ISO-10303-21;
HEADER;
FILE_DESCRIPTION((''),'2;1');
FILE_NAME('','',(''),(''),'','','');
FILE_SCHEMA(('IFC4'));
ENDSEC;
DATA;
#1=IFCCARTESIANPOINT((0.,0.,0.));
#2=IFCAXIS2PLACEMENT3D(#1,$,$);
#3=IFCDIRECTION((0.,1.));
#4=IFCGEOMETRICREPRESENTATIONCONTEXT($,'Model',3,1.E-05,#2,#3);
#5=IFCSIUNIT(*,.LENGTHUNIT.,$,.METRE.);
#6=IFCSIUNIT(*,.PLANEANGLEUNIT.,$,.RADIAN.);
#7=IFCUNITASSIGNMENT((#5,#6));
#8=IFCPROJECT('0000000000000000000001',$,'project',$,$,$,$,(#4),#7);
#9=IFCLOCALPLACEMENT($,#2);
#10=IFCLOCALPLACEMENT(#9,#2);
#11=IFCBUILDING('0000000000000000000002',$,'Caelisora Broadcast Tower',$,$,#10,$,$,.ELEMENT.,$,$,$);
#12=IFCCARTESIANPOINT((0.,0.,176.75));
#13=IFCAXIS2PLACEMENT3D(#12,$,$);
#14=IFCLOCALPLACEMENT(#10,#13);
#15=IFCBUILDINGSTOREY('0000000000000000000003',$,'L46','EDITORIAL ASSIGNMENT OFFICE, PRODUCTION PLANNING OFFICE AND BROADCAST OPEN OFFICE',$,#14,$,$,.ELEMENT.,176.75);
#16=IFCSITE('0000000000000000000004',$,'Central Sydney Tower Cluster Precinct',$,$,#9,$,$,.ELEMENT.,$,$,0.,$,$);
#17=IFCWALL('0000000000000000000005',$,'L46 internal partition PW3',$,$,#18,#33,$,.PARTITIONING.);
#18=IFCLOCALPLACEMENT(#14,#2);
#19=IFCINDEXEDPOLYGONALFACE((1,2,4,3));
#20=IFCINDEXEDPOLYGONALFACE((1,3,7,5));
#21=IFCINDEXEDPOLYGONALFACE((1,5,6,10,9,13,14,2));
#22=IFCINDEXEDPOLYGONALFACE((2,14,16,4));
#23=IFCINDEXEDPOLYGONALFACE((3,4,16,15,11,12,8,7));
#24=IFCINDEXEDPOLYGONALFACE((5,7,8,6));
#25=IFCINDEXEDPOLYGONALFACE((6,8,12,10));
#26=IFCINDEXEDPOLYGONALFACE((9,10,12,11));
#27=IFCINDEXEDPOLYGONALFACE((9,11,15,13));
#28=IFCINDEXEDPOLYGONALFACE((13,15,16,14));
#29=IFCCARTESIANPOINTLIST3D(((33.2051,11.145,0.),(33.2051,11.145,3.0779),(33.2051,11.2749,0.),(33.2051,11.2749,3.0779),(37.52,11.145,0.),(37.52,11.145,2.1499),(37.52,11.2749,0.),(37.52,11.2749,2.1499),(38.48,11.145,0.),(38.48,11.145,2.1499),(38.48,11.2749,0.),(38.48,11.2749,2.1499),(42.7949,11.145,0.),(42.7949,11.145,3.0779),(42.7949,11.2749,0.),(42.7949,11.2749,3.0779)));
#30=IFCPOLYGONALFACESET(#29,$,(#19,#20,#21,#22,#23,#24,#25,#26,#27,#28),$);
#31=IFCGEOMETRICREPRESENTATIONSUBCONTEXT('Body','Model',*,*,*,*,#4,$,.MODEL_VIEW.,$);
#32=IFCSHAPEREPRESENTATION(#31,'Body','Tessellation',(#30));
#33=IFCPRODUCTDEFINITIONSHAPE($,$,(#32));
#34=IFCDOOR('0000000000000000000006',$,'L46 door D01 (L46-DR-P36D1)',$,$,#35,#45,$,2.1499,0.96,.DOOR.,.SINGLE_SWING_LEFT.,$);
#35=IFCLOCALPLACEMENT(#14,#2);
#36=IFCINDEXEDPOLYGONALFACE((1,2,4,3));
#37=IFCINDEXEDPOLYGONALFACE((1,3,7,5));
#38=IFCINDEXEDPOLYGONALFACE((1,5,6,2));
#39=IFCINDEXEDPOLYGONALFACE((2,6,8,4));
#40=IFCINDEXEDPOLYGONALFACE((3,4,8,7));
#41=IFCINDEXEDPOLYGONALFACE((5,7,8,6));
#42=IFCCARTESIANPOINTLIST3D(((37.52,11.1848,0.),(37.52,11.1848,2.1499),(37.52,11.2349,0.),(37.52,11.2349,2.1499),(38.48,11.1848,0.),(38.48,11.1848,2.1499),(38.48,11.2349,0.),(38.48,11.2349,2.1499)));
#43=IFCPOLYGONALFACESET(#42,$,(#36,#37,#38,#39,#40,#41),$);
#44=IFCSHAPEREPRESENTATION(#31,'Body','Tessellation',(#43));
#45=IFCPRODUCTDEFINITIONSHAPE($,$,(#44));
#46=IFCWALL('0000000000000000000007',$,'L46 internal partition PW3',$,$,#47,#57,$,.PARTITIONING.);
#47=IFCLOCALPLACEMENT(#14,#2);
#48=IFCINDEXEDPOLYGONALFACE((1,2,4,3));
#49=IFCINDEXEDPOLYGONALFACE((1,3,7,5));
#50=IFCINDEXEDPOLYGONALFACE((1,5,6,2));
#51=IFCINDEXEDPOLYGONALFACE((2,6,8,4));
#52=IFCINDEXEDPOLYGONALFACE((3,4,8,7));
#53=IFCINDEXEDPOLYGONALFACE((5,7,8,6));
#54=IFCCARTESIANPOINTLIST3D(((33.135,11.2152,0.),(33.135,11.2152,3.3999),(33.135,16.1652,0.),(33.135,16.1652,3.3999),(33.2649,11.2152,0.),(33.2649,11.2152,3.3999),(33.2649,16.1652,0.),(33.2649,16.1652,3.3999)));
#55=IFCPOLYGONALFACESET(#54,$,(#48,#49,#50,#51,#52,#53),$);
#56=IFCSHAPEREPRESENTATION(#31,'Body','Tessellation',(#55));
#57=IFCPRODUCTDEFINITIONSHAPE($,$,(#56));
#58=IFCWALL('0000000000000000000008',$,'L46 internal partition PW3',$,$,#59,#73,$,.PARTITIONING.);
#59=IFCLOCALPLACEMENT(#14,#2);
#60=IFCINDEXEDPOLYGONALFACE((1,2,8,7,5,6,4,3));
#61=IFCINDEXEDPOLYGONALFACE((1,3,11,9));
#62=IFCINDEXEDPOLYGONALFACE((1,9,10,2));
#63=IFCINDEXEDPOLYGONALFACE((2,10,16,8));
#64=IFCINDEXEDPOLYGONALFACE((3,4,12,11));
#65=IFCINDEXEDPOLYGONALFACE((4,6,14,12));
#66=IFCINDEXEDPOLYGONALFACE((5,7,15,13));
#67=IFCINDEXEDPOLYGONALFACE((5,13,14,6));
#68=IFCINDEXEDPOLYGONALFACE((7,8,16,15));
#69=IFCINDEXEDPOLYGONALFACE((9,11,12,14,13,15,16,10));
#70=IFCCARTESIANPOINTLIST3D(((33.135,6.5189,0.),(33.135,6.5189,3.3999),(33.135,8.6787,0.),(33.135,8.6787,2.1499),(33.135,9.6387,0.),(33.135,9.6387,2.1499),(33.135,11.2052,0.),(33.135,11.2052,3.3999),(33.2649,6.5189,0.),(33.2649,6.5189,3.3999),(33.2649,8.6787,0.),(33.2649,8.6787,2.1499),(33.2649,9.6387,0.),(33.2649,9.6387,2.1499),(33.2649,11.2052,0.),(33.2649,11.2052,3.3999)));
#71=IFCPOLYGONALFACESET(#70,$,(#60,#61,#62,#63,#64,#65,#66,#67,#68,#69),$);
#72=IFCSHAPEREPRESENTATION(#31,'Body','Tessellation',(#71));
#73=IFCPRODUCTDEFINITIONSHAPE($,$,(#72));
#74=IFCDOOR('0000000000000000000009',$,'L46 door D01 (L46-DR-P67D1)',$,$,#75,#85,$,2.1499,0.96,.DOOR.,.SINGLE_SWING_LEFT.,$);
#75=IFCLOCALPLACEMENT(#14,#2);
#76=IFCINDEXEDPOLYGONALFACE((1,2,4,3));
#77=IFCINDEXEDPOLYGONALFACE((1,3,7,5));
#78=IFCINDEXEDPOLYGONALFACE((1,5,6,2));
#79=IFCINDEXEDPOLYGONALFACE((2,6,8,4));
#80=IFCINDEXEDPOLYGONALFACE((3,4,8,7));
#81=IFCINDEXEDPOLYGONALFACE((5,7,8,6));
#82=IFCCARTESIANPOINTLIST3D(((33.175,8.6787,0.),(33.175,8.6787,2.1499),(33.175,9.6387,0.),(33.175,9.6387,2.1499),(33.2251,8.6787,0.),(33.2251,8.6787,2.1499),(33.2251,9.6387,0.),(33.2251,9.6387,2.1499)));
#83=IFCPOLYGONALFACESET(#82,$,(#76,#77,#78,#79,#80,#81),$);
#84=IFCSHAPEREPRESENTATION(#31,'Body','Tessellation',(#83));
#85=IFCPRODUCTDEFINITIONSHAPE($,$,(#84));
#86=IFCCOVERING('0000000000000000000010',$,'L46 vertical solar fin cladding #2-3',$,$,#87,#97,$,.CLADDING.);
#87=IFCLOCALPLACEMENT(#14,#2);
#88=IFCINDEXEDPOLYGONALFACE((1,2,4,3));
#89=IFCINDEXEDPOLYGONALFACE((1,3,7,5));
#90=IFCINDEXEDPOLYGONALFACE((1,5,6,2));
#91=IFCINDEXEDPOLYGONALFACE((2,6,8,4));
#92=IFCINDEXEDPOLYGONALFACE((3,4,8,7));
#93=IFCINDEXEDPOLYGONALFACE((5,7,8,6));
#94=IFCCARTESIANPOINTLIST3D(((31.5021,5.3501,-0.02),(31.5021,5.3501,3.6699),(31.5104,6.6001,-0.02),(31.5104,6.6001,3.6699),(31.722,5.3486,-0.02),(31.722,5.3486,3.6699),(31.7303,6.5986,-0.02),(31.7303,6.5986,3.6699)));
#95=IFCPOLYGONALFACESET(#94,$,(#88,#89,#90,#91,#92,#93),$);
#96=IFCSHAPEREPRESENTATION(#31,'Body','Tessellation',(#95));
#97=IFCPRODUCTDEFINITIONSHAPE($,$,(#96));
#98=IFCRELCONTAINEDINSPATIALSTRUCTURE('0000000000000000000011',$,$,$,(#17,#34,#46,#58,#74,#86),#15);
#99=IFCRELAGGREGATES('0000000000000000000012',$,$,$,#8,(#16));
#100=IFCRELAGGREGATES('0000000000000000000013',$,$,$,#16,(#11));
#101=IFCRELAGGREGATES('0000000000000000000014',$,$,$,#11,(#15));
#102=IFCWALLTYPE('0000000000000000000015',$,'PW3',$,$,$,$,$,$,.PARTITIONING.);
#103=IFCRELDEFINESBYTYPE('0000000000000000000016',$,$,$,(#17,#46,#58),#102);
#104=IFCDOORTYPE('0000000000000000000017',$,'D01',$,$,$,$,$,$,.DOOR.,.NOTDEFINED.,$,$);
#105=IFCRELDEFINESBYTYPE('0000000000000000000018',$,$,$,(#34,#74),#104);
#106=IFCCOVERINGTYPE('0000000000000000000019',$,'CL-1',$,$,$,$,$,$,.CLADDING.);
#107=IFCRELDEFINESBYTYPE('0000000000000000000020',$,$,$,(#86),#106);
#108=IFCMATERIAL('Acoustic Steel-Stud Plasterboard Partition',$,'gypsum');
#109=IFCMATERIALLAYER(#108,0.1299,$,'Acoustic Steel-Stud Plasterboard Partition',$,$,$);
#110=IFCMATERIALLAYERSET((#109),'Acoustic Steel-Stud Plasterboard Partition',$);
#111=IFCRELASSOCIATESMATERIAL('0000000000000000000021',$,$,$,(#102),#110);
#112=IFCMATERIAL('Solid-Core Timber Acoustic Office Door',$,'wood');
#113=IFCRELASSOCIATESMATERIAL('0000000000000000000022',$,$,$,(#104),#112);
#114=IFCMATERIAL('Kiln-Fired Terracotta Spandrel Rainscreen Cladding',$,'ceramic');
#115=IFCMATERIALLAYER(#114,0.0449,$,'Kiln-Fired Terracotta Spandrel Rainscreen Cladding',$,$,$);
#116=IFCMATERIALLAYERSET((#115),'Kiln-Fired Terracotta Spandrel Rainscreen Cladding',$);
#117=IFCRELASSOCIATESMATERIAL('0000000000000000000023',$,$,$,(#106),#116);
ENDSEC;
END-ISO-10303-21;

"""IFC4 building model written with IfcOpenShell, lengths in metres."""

from ifc_helpers import new_model, si_unit, direction, frame, frame_2d, origin, origin_2d, place, context, subcontext, project, spatial, rectangle, extrude, source, transform, mapped, material, layer, layer_set, type_object, type_shapes, element, fill, save


model = new_model("IFC4")

# Units and contexts
model_context = context("Model", 3, precision=1e-05, world=origin(), true_north=direction((0.0, 1.0)))
body_context = subcontext(model_context, "Body", "Model", "MODEL_VIEW")
ifc_project = project(units=[si_unit("LENGTHUNIT", "METRE"), si_unit("PLANEANGLEUNIT", "RADIAN")], contexts=[model_context])

# Site, building, storey
site_placement = place(None, origin())
site = spatial("IfcSite", under=ifc_project, at=site_placement, Name="Central Sydney Tower Cluster Precinct", CompositionType="ELEMENT", RefElevation=0.0)
building_placement = place(site_placement, origin())
building = spatial("IfcBuilding", under=site, at=building_placement, Name="Caelisora Broadcast Tower", CompositionType="ELEMENT")
storey_placement = place(building_placement, frame((0.0, 0.0, 176.75)))
storey = spatial("IfcBuildingStorey", under=building, at=storey_placement, Name="L46", Description="EDITORIAL ASSIGNMENT OFFICE, PRODUCTION PLANNING OFFICE AND BROADCAST OPEN OFFICE", CompositionType="ELEMENT", Elevation=176.75)

# Wall, opening, door
ifc_material_1 = material(Name="Acoustic Steel-Stud Plasterboard Partition", Category="gypsum")
ifc_layer_1 = layer(ifc_material_1, 0.1299, Name="Acoustic Steel-Stud Plasterboard Partition")
ifc_layer_set_1 = layer_set([ifc_layer_1], Name="Acoustic Steel-Stud Plasterboard Partition")
wall_type = type_object("IfcWallType", Name="PW3", PredefinedType="PARTITIONING", material=ifc_layer_set_1)
wall_1_placement = place(storey_placement, frame((33.2051, 11.21, 0.0), z_axis=(0.0, 0.0, 1.0), x_axis=(1.0, 0.0, 0.0)))
wall_1 = element("IfcWall", 1, at=wall_1_placement, inside=storey, type_object=wall_type, Name="L46 internal partition PW3", PredefinedType="PARTITIONING", context=body_context, shape_type="SweptSolid", body=[
    extrude(rectangle(XDim=9.5898, YDim=0.1299, at=frame_2d((4.7949, 0.0))), origin(), (0.0, 0.0, 1.0), 3.0779),
])
opening_1_placement = place(wall_1_placement, frame((4.3149, 0.0, 0.0)))
opening_1 = element("IfcOpeningElement", 2, at=opening_1_placement, cuts=wall_1, PredefinedType="OPENING", context=body_context, shape_type="SweptSolid", body=[
    extrude(rectangle(XDim=0.96, YDim=2.1499, at=frame_2d((0.48, 1.075))), frame((0.0, 0.0769, 0.0), z_axis=(0.0, -1.0, 0.0), x_axis=(1.0, 0.0, 0.0)), (0.0, 0.0, 1.0), 0.1538),
])
ifc_material_2 = material(Name="Solid-Core Timber Acoustic Office Door", Category="wood")
door_type = type_object("IfcDoorType", Name="D01", OperationType="NOTDEFINED", PredefinedType="DOOR", material=ifc_material_2)
door_1_placement = place(opening_1_placement, origin())
door_1 = element("IfcDoor", 3, at=door_1_placement, inside=storey, type_object=door_type, Name="L46 door D01 (L46-DR-P36D1)", OperationType="SINGLE_SWING_LEFT", OverallHeight=2.1499, OverallWidth=0.96, PredefinedType="DOOR", context=body_context, shape_type="SweptSolid", body=[
    extrude(rectangle(XDim=0.96, YDim=2.1499, at=frame_2d((0.48, 1.075))), frame((0.0, 0.0249, 0.0), z_axis=(0.0, -1.0, 0.0), x_axis=(1.0, 0.0, 0.0)), (0.0, 0.0, 1.0), 0.05),
])
fill(opening_1, door_1)

# Wall
wall_2_placement = place(storey_placement, frame((33.2, 11.2151, 0.0), z_axis=(0.0, 0.0, 1.0), x_axis=(0.0, 1.0, 0.0)))
element("IfcWall", 4, at=wall_2_placement, inside=storey, type_object=wall_type, Name="L46 internal partition PW3", PredefinedType="PARTITIONING", context=body_context, shape_type="SweptSolid", body=[
    extrude(rectangle(XDim=4.95, YDim=0.1299, at=frame_2d((2.4751, 0.0))), origin(), (0.0, 0.0, 1.0), 3.3999),
])

# Wall, opening, door
wall_3_placement = place(storey_placement, frame((33.2, 6.5188, 0.0), z_axis=(0.0, 0.0, 1.0), x_axis=(0.0, 1.0, 0.0)))
wall_3 = element("IfcWall", 5, at=wall_3_placement, inside=storey, type_object=wall_type, Name="L46 internal partition PW3", PredefinedType="PARTITIONING", context=body_context, shape_type="SweptSolid", body=[
    extrude(rectangle(XDim=4.6863, YDim=0.1299, at=frame_2d((2.3433, 0.0))), origin(), (0.0, 0.0, 1.0), 3.3999),
])
opening_2_placement = place(wall_3_placement, frame((2.1599, 0.0, 0.0)))
opening_2 = element("IfcOpeningElement", 6, at=opening_2_placement, cuts=wall_3, PredefinedType="OPENING", context=body_context, shape_type="SweptSolid", body=[
    extrude(rectangle(XDim=0.96, YDim=2.1499, at=frame_2d((0.48, 1.075))), frame((0.0, 0.0769, 0.0), z_axis=(0.0, -1.0, 0.0), x_axis=(1.0, 0.0, 0.0)), (0.0, 0.0, 1.0), 0.1538),
])
door_2_placement = place(opening_2_placement, origin())
door_2 = element("IfcDoor", 7, at=door_2_placement, inside=storey, type_object=door_type, Name="L46 door D01 (L46-DR-P67D1)", OperationType="SINGLE_SWING_LEFT", OverallHeight=2.1499, OverallWidth=0.96, PredefinedType="DOOR", context=body_context, shape_type="SweptSolid", body=[
    extrude(rectangle(XDim=0.96, YDim=2.1499, at=frame_2d((0.48, 1.075))), frame((0.0, 0.0249, 0.0), z_axis=(0.0, -1.0, 0.0), x_axis=(1.0, 0.0, 0.0)), (0.0, 0.0, 1.0), 0.05),
])
fill(opening_2, door_2)

# Covering
ifc_material_3 = material(Name="Kiln-Fired Terracotta Spandrel Rainscreen Cladding", Category="ceramic")
ifc_layer_2 = layer(ifc_material_3, 0.0449, Name="Kiln-Fired Terracotta Spandrel Rainscreen Cladding")
ifc_layer_set_2 = layer_set([ifc_layer_2], Name="Kiln-Fired Terracotta Spandrel Rainscreen Cladding")
covering_type = type_object("IfcCoveringType", Name="CL-1", PredefinedType="CLADDING", material=ifc_layer_set_2)
shared_shape_1 = source(origin(), body_context, "Body", "SweptSolid", [
    extrude(rectangle(XDim=0.22, YDim=1.25, at=origin_2d()), origin(), (0.0, 0.0, 1.0), 3.6899),
])
type_shapes(covering_type, [shared_shape_1])
covering_placement = place(storey_placement, frame((31.6162, 5.9744, -0.02), z_axis=(0.0, 0.0, 1.0), x_axis=(-0.999978, 0.006632, 0.0)))
element("IfcCovering", 8, at=covering_placement, inside=storey, type_object=covering_type, Name="L46 vertical solar fin cladding #2-3", PredefinedType="CLADDING", context=body_context, shape_type="MappedRepresentation", body=[
    mapped(shared_shape_1, transform((0.0, 0.0, 0.0), scale=1.0)),
])

save(model, "model.ifc")
